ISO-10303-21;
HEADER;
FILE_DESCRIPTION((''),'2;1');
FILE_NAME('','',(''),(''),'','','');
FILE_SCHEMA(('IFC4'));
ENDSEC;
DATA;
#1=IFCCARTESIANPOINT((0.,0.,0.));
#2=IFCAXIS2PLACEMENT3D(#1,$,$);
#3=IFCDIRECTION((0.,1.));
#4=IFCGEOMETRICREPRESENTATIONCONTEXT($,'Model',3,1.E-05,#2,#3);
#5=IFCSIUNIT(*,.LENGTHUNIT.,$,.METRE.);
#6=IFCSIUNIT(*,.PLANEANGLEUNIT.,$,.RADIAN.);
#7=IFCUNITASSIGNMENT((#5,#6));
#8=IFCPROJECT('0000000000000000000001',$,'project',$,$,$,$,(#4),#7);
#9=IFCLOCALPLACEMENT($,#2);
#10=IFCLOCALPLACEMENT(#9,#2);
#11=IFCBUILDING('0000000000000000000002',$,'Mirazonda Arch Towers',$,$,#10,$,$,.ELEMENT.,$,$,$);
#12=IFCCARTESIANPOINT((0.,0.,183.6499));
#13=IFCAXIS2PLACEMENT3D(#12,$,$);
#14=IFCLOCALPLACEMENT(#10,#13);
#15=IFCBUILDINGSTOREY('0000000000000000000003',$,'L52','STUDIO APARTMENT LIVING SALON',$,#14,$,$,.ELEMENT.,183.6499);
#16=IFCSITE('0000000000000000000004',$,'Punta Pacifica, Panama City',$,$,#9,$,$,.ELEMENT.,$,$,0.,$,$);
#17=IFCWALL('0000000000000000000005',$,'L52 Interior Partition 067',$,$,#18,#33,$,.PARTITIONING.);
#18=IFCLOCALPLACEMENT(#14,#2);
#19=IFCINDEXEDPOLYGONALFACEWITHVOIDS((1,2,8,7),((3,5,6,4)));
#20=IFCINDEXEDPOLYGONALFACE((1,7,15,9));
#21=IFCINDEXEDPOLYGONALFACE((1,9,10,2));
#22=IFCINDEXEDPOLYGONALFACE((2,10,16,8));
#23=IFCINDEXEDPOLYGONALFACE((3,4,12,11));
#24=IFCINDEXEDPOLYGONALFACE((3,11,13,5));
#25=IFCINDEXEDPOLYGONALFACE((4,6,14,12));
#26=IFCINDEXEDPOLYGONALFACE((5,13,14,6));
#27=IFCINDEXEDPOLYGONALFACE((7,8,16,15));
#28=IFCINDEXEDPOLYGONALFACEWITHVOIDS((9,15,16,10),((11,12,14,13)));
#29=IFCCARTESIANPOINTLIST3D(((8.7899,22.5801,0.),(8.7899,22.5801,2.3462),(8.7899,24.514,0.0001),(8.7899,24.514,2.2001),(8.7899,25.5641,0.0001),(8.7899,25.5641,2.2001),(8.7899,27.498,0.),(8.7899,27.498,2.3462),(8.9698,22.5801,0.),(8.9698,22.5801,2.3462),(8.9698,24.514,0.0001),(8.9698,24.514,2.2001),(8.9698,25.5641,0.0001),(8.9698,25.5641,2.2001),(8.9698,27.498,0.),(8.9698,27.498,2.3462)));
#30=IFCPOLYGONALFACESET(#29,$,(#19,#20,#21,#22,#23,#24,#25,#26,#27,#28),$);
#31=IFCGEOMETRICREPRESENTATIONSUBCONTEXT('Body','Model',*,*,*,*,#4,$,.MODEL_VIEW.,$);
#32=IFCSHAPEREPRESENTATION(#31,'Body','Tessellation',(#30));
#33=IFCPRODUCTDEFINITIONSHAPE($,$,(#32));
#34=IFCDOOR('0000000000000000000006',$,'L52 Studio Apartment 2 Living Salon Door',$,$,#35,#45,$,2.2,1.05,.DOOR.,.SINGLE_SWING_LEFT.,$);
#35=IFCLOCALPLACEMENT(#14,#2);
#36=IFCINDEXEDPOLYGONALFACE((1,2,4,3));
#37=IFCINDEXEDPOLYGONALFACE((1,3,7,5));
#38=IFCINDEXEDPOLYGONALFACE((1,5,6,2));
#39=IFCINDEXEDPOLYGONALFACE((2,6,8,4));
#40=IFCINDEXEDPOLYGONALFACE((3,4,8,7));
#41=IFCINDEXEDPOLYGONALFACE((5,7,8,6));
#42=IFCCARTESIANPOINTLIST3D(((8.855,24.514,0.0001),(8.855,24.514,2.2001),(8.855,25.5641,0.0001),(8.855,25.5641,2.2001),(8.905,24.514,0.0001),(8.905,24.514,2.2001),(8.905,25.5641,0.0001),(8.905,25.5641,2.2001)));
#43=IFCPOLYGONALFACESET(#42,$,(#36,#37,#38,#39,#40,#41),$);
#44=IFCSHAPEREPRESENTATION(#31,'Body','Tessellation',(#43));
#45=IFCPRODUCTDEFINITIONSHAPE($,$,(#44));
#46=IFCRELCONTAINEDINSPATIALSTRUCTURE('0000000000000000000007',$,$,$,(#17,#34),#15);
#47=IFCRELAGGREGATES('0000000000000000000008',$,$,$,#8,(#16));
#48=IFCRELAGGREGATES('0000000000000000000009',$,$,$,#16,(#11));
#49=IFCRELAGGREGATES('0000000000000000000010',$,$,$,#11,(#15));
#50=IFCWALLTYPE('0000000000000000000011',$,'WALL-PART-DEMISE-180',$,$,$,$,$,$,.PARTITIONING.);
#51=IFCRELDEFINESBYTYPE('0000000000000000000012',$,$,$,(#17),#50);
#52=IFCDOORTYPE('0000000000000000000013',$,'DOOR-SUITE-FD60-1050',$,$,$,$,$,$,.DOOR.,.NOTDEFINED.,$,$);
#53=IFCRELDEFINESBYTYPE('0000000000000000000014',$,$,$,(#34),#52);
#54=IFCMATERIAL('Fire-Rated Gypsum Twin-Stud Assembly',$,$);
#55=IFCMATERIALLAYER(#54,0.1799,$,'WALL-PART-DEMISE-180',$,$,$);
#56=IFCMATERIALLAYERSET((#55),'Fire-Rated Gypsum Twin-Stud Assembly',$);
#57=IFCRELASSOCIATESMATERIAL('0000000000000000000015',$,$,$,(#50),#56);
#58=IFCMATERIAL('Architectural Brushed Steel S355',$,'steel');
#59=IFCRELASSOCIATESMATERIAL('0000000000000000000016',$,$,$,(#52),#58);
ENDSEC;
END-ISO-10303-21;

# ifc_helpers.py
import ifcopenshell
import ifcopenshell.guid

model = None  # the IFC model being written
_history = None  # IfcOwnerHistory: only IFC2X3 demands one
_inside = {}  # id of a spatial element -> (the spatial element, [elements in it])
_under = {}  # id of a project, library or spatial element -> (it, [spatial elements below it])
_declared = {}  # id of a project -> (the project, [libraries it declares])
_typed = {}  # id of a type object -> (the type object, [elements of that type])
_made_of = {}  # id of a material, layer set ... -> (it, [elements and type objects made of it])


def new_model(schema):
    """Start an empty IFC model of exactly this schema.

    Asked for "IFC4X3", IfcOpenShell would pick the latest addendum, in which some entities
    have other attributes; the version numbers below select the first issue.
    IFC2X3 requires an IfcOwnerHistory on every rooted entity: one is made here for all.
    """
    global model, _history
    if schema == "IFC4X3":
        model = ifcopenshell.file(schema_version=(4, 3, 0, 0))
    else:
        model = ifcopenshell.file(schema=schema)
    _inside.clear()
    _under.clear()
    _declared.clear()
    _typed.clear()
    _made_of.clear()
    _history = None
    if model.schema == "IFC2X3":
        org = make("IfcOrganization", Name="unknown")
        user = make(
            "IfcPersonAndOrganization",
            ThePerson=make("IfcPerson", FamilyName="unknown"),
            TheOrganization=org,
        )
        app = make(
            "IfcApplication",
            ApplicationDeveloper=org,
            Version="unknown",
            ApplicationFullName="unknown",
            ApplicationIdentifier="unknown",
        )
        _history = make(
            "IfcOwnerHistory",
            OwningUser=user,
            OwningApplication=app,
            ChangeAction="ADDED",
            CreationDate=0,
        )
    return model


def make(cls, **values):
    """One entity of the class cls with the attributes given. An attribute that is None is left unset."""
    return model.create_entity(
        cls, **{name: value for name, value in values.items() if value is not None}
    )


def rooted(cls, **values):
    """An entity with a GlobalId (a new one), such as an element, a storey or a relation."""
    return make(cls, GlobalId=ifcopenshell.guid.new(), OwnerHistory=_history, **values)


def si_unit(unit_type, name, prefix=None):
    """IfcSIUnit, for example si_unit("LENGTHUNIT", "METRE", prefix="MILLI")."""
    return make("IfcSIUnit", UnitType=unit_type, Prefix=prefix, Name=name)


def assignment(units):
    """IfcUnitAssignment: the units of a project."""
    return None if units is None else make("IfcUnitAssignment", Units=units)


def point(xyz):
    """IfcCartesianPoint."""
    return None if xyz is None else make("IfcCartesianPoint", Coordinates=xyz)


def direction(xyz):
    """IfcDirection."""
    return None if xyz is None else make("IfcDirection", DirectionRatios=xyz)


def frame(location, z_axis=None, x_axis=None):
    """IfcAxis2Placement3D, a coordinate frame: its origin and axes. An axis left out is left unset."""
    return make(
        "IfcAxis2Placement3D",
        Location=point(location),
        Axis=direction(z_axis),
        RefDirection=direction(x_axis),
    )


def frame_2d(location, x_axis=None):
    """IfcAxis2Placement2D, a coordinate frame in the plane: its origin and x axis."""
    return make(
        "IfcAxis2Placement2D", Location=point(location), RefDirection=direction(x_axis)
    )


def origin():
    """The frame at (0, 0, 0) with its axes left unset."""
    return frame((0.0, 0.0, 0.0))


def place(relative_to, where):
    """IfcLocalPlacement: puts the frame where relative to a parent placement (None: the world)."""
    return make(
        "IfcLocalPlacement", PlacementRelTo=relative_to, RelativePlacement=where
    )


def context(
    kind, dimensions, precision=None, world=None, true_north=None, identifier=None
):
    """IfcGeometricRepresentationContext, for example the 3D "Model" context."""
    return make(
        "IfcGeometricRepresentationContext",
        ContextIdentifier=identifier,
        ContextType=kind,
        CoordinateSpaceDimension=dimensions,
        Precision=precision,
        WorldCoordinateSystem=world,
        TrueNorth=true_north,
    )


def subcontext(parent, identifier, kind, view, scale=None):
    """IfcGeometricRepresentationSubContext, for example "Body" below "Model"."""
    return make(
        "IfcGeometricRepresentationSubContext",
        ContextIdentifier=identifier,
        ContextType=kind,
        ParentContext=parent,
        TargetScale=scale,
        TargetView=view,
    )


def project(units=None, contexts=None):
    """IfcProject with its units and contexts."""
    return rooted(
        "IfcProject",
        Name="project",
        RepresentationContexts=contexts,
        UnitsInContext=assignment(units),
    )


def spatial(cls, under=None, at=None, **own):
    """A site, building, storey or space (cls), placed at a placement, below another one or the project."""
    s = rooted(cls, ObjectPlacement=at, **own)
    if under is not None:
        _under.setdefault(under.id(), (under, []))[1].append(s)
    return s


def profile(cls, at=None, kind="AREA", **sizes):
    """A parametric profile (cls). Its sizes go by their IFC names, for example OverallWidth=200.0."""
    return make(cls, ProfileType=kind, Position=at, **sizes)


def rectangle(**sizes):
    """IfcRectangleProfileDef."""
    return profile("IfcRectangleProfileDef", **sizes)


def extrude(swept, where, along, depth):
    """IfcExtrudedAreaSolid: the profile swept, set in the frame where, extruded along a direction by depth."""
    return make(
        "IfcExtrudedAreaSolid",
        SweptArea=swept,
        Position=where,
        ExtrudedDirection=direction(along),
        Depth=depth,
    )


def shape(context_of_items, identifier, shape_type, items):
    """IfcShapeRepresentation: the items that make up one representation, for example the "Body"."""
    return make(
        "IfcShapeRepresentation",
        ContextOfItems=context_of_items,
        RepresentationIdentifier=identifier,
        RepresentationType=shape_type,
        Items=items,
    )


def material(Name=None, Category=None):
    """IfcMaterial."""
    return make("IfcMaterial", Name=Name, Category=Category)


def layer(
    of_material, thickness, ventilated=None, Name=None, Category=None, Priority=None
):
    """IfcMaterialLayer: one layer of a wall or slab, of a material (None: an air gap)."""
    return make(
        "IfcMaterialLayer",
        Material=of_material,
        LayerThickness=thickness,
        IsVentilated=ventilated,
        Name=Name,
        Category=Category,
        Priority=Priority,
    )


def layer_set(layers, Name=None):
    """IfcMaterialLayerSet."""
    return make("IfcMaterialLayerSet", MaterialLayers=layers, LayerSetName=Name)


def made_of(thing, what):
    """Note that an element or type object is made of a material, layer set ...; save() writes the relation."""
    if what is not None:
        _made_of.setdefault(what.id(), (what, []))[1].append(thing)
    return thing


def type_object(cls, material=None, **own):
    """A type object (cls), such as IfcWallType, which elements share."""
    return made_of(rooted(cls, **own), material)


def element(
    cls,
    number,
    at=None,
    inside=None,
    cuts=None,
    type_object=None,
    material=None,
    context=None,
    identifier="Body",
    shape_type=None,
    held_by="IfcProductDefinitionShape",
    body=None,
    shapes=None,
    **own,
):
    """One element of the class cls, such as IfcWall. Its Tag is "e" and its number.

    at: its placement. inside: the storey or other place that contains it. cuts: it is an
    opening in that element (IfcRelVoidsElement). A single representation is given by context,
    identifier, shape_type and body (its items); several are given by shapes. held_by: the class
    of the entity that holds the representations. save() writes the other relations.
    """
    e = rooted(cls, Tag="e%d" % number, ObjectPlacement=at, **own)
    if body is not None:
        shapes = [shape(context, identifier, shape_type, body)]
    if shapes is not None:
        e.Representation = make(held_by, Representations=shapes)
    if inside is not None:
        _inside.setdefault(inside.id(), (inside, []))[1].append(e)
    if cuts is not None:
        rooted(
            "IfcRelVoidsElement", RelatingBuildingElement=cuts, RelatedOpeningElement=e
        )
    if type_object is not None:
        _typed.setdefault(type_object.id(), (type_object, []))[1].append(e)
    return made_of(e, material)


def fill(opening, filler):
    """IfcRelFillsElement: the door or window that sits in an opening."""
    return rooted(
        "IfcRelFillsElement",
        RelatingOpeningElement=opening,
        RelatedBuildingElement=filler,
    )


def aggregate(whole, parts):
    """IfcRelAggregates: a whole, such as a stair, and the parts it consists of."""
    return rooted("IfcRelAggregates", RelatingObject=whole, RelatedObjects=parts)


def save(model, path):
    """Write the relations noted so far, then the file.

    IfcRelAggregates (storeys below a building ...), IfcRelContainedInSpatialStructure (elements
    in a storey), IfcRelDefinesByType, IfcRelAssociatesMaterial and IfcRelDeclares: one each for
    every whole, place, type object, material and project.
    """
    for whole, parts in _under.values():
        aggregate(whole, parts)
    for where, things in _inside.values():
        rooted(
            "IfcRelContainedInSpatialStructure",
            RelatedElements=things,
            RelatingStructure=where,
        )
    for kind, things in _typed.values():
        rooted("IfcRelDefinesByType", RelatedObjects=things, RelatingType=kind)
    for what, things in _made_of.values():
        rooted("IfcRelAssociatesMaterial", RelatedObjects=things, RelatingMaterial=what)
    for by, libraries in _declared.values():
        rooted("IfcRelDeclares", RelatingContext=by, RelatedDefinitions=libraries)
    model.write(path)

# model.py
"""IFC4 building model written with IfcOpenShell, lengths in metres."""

from ifc_helpers import new_model, si_unit, direction, frame, frame_2d, origin, place, context, subcontext, project, spatial, rectangle, extrude, material, layer, layer_set, type_object, element, fill, save


model = new_model("IFC4")

# Units and contexts
model_context = context("Model", 3, precision=1e-05, world=origin(), true_north=direction((0.0, 1.0)))
body_context = subcontext(model_context, "Body", "Model", "MODEL_VIEW")
ifc_project = project(units=[si_unit("LENGTHUNIT", "METRE"), si_unit("PLANEANGLEUNIT", "RADIAN")], contexts=[model_context])

# Site, building, storey
site_placement = place(None, origin())
site = spatial("IfcSite", under=ifc_project, at=site_placement, Name="Punta Pacifica, Panama City", CompositionType="ELEMENT", RefElevation=0.0)
building_placement = place(site_placement, origin())
building = spatial("IfcBuilding", under=site, at=building_placement, Name="Mirazonda Arch Towers", CompositionType="ELEMENT")
storey_placement = place(building_placement, frame((0.0, 0.0, 183.6499)))
storey = spatial("IfcBuildingStorey", under=building, at=storey_placement, Name="L52", Description="STUDIO APARTMENT LIVING SALON", CompositionType="ELEMENT", Elevation=183.6499)

# Shared definitions
ifc_material_1 = material(Name="Architectural Brushed Steel S355", Category="steel")

# Shared definitions
ifc_material_2 = material(Name="Fire-Rated Gypsum Twin-Stud Assembly")
ifc_layer_1 = layer(ifc_material_2, 0.1799, Name="WALL-PART-DEMISE-180")
ifc_layer_set_1 = layer_set([ifc_layer_1], Name="Fire-Rated Gypsum Twin-Stud Assembly")
wall_type_1 = type_object("IfcWallType", Name="WALL-PART-DEMISE-180", PredefinedType="PARTITIONING", material=ifc_layer_set_1)

# Wall, opening, door
wall_1_placement = place(storey_placement, frame((8.8799, 22.5801, 0.0), z_axis=(0.0, 0.0, 1.0), x_axis=(0.0, 1.0, 0.0)))
wall_1 = element("IfcWall", 1, at=wall_1_placement, inside=storey, type_object=wall_type_1, Name="L52 Interior Partition 067", PredefinedType="PARTITIONING", context=body_context, shape_type="SweptSolid", body=[
    extrude(rectangle(XDim=4.918, YDim=0.1799, at=frame_2d((2.459, 0.0))), origin(), (0.0, 0.0, 1.0), 2.3462),
])
opening_1_placement = place(wall_1_placement, frame((1.9341, 0.0, 0.0)))
opening_1 = element("IfcOpeningElement", 2, at=opening_1_placement, cuts=wall_1, PredefinedType="OPENING", context=body_context, shape_type="SweptSolid", body=[
    extrude(rectangle(XDim=1.05, YDim=2.2, at=frame_2d((0.5249, 1.1001))), frame((0.0, 0.0999, 0.0), z_axis=(0.0, -1.0, 0.0), x_axis=(1.0, 0.0, 0.0)), (0.0, 0.0, 1.0), 0.2),
])
door_type_1 = type_object("IfcDoorType", Name="DOOR-SUITE-FD60-1050", OperationType="NOTDEFINED", PredefinedType="DOOR", material=ifc_material_1)
door_1_placement = place(opening_1_placement, origin())
door_1 = element("IfcDoor", 3, at=door_1_placement, inside=storey, type_object=door_type_1, Name="L52 Studio Apartment 2 Living Salon Door", OperationType="SINGLE_SWING_LEFT", OverallHeight=2.2, OverallWidth=1.05, PredefinedType="DOOR", context=body_context, shape_type="SweptSolid", body=[
    extrude(rectangle(XDim=1.05, YDim=2.2, at=frame_2d((0.5249, 1.1001))), frame((0.0, 0.0249, 0.0), z_axis=(0.0, -1.0, 0.0), x_axis=(1.0, 0.0, 0.0)), (0.0, 0.0, 1.0), 0.05),
])
fill(opening_1, door_1)

save(model, "model.ifc")
